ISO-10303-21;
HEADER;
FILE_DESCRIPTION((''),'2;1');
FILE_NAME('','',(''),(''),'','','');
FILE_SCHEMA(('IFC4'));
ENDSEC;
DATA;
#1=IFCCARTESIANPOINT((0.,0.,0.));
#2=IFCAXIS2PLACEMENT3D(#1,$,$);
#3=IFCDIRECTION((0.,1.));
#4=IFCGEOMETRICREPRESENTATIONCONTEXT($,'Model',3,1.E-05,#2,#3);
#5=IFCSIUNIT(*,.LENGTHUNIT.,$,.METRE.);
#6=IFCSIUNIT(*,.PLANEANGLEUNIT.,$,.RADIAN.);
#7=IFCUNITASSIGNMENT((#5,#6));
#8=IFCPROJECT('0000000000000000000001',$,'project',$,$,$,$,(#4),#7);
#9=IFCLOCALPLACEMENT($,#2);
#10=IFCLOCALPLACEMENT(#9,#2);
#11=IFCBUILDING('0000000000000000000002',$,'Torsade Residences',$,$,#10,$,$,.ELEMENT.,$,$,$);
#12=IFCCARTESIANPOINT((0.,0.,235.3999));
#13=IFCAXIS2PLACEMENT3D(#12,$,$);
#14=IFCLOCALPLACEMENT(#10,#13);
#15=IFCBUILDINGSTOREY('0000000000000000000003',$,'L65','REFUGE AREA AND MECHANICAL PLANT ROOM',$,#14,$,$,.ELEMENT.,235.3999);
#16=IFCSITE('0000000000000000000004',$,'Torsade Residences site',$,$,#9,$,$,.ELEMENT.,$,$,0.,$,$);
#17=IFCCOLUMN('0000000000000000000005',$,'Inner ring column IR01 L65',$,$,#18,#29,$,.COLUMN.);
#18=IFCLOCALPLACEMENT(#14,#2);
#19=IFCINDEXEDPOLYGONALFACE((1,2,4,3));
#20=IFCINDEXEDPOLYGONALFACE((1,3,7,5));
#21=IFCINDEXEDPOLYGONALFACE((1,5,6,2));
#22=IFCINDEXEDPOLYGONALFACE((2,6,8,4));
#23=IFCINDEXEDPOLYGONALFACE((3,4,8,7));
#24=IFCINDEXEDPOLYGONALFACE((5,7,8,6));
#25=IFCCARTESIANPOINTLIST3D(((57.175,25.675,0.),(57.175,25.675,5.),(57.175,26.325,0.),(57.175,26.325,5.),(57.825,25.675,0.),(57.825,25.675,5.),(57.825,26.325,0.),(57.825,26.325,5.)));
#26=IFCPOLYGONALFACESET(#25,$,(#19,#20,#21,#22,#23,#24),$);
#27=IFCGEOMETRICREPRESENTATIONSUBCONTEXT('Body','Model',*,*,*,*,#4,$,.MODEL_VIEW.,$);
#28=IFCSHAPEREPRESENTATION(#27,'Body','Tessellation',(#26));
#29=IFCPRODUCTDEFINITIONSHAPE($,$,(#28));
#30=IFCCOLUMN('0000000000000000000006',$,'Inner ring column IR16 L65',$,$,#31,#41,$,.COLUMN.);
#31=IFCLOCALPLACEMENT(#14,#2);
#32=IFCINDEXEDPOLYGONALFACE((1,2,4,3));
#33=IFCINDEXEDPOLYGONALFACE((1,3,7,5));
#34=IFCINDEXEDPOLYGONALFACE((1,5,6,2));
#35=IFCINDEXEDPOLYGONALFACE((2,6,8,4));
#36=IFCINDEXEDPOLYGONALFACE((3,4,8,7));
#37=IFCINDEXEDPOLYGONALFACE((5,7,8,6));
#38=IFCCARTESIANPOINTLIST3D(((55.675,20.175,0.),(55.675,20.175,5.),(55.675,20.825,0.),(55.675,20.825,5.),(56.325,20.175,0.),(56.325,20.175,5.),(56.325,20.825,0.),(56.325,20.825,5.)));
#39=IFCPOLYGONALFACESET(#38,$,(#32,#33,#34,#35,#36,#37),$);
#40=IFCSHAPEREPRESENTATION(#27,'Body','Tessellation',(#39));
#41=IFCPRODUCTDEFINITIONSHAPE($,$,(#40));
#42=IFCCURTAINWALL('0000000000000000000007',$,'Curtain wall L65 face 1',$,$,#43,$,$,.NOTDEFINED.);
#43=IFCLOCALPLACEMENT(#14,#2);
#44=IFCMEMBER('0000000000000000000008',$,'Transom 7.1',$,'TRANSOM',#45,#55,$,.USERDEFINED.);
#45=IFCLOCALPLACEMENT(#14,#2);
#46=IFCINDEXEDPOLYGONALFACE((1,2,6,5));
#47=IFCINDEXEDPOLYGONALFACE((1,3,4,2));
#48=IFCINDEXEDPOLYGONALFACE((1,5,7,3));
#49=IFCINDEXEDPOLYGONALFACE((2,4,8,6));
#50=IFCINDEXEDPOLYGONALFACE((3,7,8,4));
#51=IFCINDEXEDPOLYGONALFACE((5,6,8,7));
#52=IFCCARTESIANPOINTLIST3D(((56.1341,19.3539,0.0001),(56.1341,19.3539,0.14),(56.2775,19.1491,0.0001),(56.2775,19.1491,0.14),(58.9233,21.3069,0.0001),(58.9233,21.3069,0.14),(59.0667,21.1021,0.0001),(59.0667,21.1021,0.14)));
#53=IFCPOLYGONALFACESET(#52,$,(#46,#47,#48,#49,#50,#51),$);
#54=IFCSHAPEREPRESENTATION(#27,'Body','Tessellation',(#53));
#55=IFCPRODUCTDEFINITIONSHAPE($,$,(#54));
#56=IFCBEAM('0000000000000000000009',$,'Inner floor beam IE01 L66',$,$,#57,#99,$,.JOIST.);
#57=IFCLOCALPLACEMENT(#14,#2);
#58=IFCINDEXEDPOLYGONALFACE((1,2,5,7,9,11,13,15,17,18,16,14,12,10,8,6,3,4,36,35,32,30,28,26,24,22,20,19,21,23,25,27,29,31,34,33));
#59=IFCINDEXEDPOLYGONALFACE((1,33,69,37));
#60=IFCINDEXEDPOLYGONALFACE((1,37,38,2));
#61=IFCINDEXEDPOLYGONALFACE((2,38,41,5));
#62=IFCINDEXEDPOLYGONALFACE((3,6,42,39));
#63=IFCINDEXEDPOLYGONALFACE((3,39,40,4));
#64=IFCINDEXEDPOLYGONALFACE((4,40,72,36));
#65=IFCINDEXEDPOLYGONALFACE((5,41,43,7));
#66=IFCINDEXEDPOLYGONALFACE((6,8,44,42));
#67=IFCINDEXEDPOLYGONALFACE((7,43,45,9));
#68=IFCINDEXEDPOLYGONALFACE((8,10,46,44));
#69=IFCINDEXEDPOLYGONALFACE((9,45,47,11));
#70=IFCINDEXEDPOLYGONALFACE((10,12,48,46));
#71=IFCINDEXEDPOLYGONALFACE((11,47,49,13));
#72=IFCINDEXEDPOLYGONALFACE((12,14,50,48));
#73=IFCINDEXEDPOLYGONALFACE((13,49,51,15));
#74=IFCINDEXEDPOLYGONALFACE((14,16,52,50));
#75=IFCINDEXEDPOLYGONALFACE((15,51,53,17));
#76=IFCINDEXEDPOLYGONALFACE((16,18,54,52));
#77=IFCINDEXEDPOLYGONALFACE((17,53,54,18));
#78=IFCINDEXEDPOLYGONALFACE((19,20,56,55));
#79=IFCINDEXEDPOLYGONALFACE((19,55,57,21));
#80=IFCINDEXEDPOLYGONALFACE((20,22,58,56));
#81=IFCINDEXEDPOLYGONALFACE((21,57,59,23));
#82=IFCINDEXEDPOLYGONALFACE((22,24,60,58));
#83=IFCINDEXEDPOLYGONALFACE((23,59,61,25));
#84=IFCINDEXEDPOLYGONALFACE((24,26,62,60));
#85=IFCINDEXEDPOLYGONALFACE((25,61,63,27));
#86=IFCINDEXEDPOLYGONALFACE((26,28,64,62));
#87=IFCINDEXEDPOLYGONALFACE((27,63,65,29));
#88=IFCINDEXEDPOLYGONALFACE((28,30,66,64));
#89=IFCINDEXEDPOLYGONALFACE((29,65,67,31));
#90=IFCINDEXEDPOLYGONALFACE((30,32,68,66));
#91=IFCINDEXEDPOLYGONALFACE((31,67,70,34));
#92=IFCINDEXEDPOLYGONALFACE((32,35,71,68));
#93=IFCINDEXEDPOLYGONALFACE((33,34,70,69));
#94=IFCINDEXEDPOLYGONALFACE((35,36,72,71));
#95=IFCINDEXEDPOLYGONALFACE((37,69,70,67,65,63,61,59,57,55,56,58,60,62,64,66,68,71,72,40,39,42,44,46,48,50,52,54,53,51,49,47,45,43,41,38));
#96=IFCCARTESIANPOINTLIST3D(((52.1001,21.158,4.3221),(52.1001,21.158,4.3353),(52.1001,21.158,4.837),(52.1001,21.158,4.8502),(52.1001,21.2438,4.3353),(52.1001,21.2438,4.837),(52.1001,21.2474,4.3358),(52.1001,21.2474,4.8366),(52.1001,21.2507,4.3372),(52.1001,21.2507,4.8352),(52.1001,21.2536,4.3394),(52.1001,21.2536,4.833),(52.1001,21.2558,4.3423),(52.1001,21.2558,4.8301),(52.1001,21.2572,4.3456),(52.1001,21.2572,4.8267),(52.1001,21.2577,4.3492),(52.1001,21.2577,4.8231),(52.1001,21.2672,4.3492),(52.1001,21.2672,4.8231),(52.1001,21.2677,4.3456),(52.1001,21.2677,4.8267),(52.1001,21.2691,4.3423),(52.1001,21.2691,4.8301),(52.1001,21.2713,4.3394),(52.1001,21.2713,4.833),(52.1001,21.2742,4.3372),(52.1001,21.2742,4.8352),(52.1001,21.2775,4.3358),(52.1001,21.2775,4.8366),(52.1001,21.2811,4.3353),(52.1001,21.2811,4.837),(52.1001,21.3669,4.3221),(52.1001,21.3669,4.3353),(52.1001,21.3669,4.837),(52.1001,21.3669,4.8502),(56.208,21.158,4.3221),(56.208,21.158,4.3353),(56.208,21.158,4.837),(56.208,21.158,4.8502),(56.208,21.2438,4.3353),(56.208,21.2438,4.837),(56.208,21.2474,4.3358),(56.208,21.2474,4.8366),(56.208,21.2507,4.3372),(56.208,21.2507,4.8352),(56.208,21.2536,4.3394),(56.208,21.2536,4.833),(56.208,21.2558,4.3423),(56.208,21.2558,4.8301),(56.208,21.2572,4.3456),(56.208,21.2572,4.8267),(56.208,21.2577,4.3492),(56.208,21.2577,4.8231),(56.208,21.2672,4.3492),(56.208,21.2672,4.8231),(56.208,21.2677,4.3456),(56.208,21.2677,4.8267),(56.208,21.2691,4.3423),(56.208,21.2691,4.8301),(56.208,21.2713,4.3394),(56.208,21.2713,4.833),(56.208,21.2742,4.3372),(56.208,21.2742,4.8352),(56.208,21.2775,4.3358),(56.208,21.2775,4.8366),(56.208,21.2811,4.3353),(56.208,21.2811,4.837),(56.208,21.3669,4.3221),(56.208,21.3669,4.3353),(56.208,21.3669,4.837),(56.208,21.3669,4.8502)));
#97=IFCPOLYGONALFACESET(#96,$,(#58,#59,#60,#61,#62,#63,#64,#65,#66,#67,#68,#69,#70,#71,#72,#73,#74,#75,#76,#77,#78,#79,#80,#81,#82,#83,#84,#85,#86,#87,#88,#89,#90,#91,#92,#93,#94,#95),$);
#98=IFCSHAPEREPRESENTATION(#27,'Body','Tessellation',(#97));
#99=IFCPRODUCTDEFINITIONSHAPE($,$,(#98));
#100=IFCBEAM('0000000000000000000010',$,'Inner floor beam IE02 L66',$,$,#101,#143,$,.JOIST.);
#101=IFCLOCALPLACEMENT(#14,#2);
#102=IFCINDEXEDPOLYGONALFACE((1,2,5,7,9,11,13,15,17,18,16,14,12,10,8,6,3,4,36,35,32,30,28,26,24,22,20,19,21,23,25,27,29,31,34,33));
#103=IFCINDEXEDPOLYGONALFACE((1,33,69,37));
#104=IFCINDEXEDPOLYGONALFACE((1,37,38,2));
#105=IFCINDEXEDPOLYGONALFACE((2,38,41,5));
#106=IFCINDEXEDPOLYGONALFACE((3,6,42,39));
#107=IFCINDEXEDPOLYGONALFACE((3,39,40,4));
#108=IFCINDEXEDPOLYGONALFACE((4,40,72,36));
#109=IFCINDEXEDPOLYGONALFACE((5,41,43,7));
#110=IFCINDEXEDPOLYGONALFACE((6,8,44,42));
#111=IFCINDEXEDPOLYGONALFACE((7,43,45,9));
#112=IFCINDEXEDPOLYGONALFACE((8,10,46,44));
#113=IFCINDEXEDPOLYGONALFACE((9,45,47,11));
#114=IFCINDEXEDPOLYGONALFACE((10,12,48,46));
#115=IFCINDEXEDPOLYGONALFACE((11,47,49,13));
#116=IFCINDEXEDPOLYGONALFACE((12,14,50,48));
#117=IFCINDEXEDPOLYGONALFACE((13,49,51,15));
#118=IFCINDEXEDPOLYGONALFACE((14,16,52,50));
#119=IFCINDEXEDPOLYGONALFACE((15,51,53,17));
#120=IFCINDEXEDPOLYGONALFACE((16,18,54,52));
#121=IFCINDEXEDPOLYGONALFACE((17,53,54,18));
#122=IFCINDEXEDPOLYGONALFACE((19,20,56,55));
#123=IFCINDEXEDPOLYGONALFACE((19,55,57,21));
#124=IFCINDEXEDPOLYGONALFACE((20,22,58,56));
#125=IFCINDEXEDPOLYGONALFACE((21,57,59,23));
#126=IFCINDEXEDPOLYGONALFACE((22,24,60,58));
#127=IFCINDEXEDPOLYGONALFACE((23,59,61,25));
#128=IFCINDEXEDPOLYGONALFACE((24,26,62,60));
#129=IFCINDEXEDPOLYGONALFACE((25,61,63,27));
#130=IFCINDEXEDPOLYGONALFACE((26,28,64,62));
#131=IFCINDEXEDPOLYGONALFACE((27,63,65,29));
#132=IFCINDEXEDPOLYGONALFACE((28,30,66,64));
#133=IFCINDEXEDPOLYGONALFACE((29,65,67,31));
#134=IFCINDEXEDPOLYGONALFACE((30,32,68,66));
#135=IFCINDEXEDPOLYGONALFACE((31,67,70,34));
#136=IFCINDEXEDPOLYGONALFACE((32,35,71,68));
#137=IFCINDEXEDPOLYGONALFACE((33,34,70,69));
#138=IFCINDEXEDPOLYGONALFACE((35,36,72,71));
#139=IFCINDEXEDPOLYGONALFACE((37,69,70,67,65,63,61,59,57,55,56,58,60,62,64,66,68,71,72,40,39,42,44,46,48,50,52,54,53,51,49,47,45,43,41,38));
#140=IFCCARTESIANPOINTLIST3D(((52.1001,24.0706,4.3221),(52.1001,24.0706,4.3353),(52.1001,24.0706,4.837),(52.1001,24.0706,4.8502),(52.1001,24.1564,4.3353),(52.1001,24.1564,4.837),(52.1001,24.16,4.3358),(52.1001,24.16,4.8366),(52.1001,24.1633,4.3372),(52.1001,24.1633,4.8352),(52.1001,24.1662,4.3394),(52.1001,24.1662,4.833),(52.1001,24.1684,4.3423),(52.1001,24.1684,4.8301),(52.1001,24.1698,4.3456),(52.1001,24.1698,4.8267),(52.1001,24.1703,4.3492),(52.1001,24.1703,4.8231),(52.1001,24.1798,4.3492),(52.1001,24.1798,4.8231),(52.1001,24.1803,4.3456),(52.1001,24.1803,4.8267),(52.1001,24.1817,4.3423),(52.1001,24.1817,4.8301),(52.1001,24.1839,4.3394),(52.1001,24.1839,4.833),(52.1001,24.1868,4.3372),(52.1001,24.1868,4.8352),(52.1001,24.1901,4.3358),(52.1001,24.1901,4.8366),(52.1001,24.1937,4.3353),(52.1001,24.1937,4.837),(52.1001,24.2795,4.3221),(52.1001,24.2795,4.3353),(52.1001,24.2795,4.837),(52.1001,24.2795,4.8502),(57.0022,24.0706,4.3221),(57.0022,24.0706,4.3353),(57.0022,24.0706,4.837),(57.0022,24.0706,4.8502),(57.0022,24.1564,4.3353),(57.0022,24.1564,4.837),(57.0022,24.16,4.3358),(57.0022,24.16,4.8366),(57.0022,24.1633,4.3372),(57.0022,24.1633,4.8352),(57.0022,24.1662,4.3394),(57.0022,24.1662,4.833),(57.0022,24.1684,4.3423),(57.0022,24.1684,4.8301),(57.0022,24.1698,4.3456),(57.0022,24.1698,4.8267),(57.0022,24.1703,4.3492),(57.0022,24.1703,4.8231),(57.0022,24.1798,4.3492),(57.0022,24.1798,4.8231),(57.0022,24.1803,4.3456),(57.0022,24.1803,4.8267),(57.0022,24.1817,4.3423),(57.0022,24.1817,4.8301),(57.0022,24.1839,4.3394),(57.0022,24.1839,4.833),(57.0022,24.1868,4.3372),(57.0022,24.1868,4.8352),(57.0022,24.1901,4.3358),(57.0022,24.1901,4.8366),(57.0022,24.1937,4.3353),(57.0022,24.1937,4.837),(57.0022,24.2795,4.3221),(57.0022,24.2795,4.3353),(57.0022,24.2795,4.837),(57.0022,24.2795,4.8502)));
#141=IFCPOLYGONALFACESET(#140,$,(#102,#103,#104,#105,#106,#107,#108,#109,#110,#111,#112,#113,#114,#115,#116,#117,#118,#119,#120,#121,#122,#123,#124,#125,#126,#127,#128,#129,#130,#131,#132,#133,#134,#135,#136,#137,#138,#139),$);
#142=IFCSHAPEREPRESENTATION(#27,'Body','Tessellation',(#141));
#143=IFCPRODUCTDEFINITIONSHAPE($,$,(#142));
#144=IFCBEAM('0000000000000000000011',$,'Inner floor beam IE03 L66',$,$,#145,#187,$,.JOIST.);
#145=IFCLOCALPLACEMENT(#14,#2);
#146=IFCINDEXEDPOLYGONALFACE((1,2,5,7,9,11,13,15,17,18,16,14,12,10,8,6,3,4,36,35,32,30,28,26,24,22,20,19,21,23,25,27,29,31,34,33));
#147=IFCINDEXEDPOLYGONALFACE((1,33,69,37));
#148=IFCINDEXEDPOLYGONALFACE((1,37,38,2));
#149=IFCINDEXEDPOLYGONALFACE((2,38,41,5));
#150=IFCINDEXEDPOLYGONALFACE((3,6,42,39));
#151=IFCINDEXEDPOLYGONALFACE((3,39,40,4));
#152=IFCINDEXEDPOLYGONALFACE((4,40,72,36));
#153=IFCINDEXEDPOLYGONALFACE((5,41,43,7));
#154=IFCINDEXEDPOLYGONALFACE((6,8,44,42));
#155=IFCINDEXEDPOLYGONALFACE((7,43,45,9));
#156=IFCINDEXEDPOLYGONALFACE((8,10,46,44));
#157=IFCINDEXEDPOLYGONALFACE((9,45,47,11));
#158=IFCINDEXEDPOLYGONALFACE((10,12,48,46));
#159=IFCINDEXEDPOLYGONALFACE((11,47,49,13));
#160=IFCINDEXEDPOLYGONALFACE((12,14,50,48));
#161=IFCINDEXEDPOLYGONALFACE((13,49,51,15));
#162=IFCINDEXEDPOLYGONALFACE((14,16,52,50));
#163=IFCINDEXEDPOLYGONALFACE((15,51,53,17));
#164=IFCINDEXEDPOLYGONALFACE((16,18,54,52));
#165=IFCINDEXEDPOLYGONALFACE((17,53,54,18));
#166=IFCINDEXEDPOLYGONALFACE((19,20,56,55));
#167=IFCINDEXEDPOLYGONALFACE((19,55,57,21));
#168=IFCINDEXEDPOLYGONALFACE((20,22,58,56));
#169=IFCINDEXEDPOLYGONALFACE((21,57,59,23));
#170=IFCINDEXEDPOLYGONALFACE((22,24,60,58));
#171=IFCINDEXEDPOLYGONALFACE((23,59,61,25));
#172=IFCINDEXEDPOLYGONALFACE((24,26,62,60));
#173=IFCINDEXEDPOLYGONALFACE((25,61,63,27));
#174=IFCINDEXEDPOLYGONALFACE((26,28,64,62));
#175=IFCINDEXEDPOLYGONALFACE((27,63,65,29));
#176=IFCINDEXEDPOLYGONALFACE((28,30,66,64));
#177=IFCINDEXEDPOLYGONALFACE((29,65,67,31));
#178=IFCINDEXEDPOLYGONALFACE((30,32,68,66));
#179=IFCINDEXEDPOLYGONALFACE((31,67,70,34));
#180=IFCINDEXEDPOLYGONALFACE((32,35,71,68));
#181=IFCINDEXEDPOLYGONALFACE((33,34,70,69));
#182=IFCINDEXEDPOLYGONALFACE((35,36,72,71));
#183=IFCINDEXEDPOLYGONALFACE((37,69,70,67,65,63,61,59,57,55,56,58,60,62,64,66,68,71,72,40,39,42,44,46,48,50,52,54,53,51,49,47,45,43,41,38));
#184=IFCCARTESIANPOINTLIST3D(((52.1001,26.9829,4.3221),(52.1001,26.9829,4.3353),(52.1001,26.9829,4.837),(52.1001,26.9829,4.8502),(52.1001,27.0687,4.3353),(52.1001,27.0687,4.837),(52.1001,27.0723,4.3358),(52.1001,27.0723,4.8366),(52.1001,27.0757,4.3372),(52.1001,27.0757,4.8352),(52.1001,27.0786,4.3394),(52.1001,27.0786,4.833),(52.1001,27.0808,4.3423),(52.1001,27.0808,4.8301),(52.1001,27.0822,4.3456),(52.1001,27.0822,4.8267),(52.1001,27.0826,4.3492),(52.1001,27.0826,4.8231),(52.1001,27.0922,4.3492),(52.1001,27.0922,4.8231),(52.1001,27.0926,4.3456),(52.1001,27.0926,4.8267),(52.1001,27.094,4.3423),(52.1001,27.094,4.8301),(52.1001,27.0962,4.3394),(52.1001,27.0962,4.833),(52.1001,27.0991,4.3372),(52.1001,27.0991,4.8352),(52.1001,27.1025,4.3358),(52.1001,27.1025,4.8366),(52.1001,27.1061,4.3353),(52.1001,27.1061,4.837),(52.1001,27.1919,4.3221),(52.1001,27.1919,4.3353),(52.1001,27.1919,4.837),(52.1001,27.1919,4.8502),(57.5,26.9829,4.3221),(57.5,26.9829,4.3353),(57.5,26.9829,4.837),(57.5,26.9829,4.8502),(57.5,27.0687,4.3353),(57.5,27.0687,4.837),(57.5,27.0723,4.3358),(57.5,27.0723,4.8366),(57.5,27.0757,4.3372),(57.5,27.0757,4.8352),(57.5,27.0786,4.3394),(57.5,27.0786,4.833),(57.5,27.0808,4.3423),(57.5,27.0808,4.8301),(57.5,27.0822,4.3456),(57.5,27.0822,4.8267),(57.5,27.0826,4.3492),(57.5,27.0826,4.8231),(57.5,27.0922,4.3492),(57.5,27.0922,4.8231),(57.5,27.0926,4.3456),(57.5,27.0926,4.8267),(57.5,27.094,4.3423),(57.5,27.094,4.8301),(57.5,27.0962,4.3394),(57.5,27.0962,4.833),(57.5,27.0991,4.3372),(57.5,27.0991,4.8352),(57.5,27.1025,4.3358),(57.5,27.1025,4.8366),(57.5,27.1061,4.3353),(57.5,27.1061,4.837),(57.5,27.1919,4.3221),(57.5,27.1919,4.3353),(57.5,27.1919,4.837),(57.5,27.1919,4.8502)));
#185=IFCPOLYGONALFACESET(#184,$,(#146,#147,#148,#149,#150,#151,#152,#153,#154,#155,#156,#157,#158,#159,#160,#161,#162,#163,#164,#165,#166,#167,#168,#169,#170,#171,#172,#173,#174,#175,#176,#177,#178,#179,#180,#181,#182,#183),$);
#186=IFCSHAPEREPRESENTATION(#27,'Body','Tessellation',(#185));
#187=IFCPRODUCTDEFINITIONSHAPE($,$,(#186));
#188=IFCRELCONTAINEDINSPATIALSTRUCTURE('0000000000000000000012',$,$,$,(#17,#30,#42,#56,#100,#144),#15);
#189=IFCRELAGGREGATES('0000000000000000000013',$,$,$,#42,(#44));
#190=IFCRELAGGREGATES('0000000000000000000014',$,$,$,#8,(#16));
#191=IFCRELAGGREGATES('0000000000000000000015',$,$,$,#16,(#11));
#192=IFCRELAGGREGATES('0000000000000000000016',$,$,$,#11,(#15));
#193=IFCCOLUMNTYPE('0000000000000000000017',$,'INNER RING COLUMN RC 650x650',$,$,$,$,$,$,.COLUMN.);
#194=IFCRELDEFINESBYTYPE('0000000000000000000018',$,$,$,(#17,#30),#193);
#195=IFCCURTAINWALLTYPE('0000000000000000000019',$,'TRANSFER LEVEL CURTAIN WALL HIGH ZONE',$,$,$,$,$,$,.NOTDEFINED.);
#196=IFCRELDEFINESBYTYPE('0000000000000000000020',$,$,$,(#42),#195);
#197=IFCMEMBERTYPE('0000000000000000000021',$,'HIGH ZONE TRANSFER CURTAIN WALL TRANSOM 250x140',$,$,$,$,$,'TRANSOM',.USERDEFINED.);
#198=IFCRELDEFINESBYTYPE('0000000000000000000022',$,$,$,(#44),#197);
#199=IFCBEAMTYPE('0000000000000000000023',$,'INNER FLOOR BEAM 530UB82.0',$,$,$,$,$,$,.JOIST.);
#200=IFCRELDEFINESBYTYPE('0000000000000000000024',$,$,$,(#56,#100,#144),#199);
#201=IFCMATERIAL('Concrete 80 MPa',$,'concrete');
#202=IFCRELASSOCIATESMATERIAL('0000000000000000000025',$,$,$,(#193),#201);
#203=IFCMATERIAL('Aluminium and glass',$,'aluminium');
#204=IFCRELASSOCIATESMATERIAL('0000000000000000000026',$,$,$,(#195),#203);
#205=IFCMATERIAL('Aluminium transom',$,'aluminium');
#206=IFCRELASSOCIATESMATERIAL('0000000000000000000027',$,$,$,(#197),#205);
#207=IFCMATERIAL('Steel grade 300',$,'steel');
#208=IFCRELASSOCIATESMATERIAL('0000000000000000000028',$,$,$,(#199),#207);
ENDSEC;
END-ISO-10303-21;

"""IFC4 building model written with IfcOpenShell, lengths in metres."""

from ifc_helpers import new_model, si_unit, direction, frame, origin, origin_2d, place, context, subcontext, project, spatial, rectangle, i_section, extrude, material, material_profile, profile_set, type_object, element, aggregate, save


model = new_model("IFC4")

# Units and contexts
model_context = context("Model", 3, precision=1e-05, world=origin(), true_north=direction((0.0, 1.0)))
body_context = subcontext(model_context, "Body", "Model", "MODEL_VIEW")
ifc_project = project(units=[si_unit("LENGTHUNIT", "METRE"), si_unit("PLANEANGLEUNIT", "RADIAN")], contexts=[model_context])

# Site, building, storey
site_placement = place(None, origin())
site = spatial("IfcSite", under=ifc_project, at=site_placement, Name="Torsade Residences site", CompositionType="ELEMENT", RefElevation=0.0)
building_placement = place(site_placement, origin())
building = spatial("IfcBuilding", under=site, at=building_placement, Name="Torsade Residences", CompositionType="ELEMENT")
storey_placement = place(building_placement, frame((0.0, 0.0, 235.3999)))
storey = spatial("IfcBuildingStorey", under=building, at=storey_placement, Name="L65", Description="REFUGE AREA AND MECHANICAL PLANT ROOM", CompositionType="ELEMENT", Elevation=235.3999)

# Columns
ifc_material_1 = material(Name="Concrete 80 MPa", Category="concrete")
ifc_material_profile_1 = material_profile(ifc_material_1, rectangle(XDim=0.6499, YDim=0.6499, at=origin_2d()), Name="RC 650x650")
ifc_profile_set_1 = profile_set([ifc_material_profile_1], Name="Concrete 80 MPa")
column_type = type_object("IfcColumnType", Name="INNER RING COLUMN RC 650x650", PredefinedType="COLUMN", material=ifc_profile_set_1)
for number, where, z_axis, x_axis, name in (
    (1, (57.5, 26.0, 0.0), (0.0, 0.0, 1.0), (1.0, 0.0, 0.0), "Inner ring column IR01 L65"),
    (2, (56.0, 20.5, 0.0), (0.0, 0.0, 1.0), (1.0, 0.0, 0.0), "Inner ring column IR16 L65"),
):
    element("IfcColumn", number, at=place(storey_placement, frame(where, z_axis=z_axis, x_axis=x_axis)), inside=storey, type_object=column_type, Name=name, PredefinedType="COLUMN", context=body_context, shape_type="SweptSolid", body=[
        extrude(rectangle(XDim=0.6499, YDim=0.6499, at=origin_2d()), origin(), (0.0, 0.0, 1.0), 5.0),
    ])

# Curtain wall, member
ifc_material_2 = material(Name="Aluminium and glass", Category="aluminium")
curtain_wall_type = type_object("IfcCurtainWallType", Name="TRANSFER LEVEL CURTAIN WALL HIGH ZONE", PredefinedType="NOTDEFINED", material=ifc_material_2)
curtain_wall_placement = place(storey_placement, origin())
curtain_wall = element("IfcCurtainWall", 3, at=curtain_wall_placement, inside=storey, type_object=curtain_wall_type, Name="Curtain wall L65 face 1", PredefinedType="NOTDEFINED")
ifc_material_3 = material(Name="Aluminium transom", Category="aluminium")
ifc_material_profile_2 = material_profile(ifc_material_3, rectangle(XDim=0.25, YDim=0.1399, at=origin_2d()), Name="HIGH ZONE TRANSFER CURTAIN WALL TRANSOM 250x140")
ifc_profile_set_2 = profile_set([ifc_material_profile_2], Name="Aluminium transom")
member_type_1 = type_object("IfcMemberType", Name="HIGH ZONE TRANSFER CURTAIN WALL TRANSOM 250x140", ElementType="TRANSOM", PredefinedType="USERDEFINED", material=ifc_profile_set_2)
member_1_placement = place(storey_placement, frame((56.2058, 19.2515, 0.0701), z_axis=(0.819148, 0.573583, 0.0), x_axis=(-0.573583, 0.819148, 0.0)))
member_1 = element("IfcMember", 4, at=member_1_placement, type_object=member_type_1, Name="Transom 7.1", ObjectType="TRANSOM", PredefinedType="USERDEFINED", context=body_context, shape_type="SweptSolid", body=[
    extrude(rectangle(XDim=0.25, YDim=0.1399, at=origin_2d()), origin(), (0.0, 0.0, 1.0), 3.405),
])
aggregate(curtain_wall, [member_1])

# Beams
ifc_material_4 = material(Name="Steel grade 300", Category="steel")
ifc_material_profile_3 = material_profile(ifc_material_4, i_section(OverallWidth=0.209, OverallDepth=0.5281, WebThickness=0.0095, FlangeThickness=0.0132, FilletRadius=0.0139, at=origin_2d()), Name="530UB82.0")
ifc_profile_set_3 = profile_set([ifc_material_profile_3], Name="Steel grade 300")
beam_type_1 = type_object("IfcBeamType", Name="INNER FLOOR BEAM 530UB82.0", PredefinedType="JOIST", material=ifc_profile_set_3)
beam_1_placement = place(storey_placement, frame((52.1001, 21.2625, 4.5862), z_axis=(1.0, 0.0, 0.0), x_axis=(0.0, 1.0, 0.0)))
element("IfcBeam", 5, at=beam_1_placement, inside=storey, type_object=beam_type_1, Name="Inner floor beam IE01 L66", PredefinedType="JOIST", context=body_context, shape_type="SweptSolid", body=[
    extrude(i_section(OverallWidth=0.209, OverallDepth=0.5281, WebThickness=0.0095, FlangeThickness=0.0132, FilletRadius=0.0139, at=origin_2d()), origin(), (0.0, 0.0, 1.0), 4.1079),
])
beam_2_placement = place(storey_placement, frame((52.1001, 24.175, 4.5862), z_axis=(1.0, 0.0, 0.0), x_axis=(0.0, 1.0, 0.0)))
element("IfcBeam", 6, at=beam_2_placement, inside=storey, type_object=beam_type_1, Name="Inner floor beam IE02 L66", PredefinedType="JOIST", context=body_context, shape_type="SweptSolid", body=[
    extrude(i_section(OverallWidth=0.209, OverallDepth=0.5281, WebThickness=0.0095, FlangeThickness=0.0132, FilletRadius=0.0139, at=origin_2d()), origin(), (0.0, 0.0, 1.0), 4.9021),
])
beam_3_placement = place(storey_placement, frame((52.1001, 27.0874, 4.5862), z_axis=(1.0, 0.0, 0.0), x_axis=(0.0, 1.0, 0.0)))
element("IfcBeam", 7, at=beam_3_placement, inside=storey, type_object=beam_type_1, Name="Inner floor beam IE03 L66", PredefinedType="JOIST", context=body_context, shape_type="SweptSolid", body=[
    extrude(i_section(OverallWidth=0.209, OverallDepth=0.5281, WebThickness=0.0095, FlangeThickness=0.0132, FilletRadius=0.0139, at=origin_2d()), origin(), (0.0, 0.0, 1.0), 5.3999),
])

save(model, "model.ifc")
